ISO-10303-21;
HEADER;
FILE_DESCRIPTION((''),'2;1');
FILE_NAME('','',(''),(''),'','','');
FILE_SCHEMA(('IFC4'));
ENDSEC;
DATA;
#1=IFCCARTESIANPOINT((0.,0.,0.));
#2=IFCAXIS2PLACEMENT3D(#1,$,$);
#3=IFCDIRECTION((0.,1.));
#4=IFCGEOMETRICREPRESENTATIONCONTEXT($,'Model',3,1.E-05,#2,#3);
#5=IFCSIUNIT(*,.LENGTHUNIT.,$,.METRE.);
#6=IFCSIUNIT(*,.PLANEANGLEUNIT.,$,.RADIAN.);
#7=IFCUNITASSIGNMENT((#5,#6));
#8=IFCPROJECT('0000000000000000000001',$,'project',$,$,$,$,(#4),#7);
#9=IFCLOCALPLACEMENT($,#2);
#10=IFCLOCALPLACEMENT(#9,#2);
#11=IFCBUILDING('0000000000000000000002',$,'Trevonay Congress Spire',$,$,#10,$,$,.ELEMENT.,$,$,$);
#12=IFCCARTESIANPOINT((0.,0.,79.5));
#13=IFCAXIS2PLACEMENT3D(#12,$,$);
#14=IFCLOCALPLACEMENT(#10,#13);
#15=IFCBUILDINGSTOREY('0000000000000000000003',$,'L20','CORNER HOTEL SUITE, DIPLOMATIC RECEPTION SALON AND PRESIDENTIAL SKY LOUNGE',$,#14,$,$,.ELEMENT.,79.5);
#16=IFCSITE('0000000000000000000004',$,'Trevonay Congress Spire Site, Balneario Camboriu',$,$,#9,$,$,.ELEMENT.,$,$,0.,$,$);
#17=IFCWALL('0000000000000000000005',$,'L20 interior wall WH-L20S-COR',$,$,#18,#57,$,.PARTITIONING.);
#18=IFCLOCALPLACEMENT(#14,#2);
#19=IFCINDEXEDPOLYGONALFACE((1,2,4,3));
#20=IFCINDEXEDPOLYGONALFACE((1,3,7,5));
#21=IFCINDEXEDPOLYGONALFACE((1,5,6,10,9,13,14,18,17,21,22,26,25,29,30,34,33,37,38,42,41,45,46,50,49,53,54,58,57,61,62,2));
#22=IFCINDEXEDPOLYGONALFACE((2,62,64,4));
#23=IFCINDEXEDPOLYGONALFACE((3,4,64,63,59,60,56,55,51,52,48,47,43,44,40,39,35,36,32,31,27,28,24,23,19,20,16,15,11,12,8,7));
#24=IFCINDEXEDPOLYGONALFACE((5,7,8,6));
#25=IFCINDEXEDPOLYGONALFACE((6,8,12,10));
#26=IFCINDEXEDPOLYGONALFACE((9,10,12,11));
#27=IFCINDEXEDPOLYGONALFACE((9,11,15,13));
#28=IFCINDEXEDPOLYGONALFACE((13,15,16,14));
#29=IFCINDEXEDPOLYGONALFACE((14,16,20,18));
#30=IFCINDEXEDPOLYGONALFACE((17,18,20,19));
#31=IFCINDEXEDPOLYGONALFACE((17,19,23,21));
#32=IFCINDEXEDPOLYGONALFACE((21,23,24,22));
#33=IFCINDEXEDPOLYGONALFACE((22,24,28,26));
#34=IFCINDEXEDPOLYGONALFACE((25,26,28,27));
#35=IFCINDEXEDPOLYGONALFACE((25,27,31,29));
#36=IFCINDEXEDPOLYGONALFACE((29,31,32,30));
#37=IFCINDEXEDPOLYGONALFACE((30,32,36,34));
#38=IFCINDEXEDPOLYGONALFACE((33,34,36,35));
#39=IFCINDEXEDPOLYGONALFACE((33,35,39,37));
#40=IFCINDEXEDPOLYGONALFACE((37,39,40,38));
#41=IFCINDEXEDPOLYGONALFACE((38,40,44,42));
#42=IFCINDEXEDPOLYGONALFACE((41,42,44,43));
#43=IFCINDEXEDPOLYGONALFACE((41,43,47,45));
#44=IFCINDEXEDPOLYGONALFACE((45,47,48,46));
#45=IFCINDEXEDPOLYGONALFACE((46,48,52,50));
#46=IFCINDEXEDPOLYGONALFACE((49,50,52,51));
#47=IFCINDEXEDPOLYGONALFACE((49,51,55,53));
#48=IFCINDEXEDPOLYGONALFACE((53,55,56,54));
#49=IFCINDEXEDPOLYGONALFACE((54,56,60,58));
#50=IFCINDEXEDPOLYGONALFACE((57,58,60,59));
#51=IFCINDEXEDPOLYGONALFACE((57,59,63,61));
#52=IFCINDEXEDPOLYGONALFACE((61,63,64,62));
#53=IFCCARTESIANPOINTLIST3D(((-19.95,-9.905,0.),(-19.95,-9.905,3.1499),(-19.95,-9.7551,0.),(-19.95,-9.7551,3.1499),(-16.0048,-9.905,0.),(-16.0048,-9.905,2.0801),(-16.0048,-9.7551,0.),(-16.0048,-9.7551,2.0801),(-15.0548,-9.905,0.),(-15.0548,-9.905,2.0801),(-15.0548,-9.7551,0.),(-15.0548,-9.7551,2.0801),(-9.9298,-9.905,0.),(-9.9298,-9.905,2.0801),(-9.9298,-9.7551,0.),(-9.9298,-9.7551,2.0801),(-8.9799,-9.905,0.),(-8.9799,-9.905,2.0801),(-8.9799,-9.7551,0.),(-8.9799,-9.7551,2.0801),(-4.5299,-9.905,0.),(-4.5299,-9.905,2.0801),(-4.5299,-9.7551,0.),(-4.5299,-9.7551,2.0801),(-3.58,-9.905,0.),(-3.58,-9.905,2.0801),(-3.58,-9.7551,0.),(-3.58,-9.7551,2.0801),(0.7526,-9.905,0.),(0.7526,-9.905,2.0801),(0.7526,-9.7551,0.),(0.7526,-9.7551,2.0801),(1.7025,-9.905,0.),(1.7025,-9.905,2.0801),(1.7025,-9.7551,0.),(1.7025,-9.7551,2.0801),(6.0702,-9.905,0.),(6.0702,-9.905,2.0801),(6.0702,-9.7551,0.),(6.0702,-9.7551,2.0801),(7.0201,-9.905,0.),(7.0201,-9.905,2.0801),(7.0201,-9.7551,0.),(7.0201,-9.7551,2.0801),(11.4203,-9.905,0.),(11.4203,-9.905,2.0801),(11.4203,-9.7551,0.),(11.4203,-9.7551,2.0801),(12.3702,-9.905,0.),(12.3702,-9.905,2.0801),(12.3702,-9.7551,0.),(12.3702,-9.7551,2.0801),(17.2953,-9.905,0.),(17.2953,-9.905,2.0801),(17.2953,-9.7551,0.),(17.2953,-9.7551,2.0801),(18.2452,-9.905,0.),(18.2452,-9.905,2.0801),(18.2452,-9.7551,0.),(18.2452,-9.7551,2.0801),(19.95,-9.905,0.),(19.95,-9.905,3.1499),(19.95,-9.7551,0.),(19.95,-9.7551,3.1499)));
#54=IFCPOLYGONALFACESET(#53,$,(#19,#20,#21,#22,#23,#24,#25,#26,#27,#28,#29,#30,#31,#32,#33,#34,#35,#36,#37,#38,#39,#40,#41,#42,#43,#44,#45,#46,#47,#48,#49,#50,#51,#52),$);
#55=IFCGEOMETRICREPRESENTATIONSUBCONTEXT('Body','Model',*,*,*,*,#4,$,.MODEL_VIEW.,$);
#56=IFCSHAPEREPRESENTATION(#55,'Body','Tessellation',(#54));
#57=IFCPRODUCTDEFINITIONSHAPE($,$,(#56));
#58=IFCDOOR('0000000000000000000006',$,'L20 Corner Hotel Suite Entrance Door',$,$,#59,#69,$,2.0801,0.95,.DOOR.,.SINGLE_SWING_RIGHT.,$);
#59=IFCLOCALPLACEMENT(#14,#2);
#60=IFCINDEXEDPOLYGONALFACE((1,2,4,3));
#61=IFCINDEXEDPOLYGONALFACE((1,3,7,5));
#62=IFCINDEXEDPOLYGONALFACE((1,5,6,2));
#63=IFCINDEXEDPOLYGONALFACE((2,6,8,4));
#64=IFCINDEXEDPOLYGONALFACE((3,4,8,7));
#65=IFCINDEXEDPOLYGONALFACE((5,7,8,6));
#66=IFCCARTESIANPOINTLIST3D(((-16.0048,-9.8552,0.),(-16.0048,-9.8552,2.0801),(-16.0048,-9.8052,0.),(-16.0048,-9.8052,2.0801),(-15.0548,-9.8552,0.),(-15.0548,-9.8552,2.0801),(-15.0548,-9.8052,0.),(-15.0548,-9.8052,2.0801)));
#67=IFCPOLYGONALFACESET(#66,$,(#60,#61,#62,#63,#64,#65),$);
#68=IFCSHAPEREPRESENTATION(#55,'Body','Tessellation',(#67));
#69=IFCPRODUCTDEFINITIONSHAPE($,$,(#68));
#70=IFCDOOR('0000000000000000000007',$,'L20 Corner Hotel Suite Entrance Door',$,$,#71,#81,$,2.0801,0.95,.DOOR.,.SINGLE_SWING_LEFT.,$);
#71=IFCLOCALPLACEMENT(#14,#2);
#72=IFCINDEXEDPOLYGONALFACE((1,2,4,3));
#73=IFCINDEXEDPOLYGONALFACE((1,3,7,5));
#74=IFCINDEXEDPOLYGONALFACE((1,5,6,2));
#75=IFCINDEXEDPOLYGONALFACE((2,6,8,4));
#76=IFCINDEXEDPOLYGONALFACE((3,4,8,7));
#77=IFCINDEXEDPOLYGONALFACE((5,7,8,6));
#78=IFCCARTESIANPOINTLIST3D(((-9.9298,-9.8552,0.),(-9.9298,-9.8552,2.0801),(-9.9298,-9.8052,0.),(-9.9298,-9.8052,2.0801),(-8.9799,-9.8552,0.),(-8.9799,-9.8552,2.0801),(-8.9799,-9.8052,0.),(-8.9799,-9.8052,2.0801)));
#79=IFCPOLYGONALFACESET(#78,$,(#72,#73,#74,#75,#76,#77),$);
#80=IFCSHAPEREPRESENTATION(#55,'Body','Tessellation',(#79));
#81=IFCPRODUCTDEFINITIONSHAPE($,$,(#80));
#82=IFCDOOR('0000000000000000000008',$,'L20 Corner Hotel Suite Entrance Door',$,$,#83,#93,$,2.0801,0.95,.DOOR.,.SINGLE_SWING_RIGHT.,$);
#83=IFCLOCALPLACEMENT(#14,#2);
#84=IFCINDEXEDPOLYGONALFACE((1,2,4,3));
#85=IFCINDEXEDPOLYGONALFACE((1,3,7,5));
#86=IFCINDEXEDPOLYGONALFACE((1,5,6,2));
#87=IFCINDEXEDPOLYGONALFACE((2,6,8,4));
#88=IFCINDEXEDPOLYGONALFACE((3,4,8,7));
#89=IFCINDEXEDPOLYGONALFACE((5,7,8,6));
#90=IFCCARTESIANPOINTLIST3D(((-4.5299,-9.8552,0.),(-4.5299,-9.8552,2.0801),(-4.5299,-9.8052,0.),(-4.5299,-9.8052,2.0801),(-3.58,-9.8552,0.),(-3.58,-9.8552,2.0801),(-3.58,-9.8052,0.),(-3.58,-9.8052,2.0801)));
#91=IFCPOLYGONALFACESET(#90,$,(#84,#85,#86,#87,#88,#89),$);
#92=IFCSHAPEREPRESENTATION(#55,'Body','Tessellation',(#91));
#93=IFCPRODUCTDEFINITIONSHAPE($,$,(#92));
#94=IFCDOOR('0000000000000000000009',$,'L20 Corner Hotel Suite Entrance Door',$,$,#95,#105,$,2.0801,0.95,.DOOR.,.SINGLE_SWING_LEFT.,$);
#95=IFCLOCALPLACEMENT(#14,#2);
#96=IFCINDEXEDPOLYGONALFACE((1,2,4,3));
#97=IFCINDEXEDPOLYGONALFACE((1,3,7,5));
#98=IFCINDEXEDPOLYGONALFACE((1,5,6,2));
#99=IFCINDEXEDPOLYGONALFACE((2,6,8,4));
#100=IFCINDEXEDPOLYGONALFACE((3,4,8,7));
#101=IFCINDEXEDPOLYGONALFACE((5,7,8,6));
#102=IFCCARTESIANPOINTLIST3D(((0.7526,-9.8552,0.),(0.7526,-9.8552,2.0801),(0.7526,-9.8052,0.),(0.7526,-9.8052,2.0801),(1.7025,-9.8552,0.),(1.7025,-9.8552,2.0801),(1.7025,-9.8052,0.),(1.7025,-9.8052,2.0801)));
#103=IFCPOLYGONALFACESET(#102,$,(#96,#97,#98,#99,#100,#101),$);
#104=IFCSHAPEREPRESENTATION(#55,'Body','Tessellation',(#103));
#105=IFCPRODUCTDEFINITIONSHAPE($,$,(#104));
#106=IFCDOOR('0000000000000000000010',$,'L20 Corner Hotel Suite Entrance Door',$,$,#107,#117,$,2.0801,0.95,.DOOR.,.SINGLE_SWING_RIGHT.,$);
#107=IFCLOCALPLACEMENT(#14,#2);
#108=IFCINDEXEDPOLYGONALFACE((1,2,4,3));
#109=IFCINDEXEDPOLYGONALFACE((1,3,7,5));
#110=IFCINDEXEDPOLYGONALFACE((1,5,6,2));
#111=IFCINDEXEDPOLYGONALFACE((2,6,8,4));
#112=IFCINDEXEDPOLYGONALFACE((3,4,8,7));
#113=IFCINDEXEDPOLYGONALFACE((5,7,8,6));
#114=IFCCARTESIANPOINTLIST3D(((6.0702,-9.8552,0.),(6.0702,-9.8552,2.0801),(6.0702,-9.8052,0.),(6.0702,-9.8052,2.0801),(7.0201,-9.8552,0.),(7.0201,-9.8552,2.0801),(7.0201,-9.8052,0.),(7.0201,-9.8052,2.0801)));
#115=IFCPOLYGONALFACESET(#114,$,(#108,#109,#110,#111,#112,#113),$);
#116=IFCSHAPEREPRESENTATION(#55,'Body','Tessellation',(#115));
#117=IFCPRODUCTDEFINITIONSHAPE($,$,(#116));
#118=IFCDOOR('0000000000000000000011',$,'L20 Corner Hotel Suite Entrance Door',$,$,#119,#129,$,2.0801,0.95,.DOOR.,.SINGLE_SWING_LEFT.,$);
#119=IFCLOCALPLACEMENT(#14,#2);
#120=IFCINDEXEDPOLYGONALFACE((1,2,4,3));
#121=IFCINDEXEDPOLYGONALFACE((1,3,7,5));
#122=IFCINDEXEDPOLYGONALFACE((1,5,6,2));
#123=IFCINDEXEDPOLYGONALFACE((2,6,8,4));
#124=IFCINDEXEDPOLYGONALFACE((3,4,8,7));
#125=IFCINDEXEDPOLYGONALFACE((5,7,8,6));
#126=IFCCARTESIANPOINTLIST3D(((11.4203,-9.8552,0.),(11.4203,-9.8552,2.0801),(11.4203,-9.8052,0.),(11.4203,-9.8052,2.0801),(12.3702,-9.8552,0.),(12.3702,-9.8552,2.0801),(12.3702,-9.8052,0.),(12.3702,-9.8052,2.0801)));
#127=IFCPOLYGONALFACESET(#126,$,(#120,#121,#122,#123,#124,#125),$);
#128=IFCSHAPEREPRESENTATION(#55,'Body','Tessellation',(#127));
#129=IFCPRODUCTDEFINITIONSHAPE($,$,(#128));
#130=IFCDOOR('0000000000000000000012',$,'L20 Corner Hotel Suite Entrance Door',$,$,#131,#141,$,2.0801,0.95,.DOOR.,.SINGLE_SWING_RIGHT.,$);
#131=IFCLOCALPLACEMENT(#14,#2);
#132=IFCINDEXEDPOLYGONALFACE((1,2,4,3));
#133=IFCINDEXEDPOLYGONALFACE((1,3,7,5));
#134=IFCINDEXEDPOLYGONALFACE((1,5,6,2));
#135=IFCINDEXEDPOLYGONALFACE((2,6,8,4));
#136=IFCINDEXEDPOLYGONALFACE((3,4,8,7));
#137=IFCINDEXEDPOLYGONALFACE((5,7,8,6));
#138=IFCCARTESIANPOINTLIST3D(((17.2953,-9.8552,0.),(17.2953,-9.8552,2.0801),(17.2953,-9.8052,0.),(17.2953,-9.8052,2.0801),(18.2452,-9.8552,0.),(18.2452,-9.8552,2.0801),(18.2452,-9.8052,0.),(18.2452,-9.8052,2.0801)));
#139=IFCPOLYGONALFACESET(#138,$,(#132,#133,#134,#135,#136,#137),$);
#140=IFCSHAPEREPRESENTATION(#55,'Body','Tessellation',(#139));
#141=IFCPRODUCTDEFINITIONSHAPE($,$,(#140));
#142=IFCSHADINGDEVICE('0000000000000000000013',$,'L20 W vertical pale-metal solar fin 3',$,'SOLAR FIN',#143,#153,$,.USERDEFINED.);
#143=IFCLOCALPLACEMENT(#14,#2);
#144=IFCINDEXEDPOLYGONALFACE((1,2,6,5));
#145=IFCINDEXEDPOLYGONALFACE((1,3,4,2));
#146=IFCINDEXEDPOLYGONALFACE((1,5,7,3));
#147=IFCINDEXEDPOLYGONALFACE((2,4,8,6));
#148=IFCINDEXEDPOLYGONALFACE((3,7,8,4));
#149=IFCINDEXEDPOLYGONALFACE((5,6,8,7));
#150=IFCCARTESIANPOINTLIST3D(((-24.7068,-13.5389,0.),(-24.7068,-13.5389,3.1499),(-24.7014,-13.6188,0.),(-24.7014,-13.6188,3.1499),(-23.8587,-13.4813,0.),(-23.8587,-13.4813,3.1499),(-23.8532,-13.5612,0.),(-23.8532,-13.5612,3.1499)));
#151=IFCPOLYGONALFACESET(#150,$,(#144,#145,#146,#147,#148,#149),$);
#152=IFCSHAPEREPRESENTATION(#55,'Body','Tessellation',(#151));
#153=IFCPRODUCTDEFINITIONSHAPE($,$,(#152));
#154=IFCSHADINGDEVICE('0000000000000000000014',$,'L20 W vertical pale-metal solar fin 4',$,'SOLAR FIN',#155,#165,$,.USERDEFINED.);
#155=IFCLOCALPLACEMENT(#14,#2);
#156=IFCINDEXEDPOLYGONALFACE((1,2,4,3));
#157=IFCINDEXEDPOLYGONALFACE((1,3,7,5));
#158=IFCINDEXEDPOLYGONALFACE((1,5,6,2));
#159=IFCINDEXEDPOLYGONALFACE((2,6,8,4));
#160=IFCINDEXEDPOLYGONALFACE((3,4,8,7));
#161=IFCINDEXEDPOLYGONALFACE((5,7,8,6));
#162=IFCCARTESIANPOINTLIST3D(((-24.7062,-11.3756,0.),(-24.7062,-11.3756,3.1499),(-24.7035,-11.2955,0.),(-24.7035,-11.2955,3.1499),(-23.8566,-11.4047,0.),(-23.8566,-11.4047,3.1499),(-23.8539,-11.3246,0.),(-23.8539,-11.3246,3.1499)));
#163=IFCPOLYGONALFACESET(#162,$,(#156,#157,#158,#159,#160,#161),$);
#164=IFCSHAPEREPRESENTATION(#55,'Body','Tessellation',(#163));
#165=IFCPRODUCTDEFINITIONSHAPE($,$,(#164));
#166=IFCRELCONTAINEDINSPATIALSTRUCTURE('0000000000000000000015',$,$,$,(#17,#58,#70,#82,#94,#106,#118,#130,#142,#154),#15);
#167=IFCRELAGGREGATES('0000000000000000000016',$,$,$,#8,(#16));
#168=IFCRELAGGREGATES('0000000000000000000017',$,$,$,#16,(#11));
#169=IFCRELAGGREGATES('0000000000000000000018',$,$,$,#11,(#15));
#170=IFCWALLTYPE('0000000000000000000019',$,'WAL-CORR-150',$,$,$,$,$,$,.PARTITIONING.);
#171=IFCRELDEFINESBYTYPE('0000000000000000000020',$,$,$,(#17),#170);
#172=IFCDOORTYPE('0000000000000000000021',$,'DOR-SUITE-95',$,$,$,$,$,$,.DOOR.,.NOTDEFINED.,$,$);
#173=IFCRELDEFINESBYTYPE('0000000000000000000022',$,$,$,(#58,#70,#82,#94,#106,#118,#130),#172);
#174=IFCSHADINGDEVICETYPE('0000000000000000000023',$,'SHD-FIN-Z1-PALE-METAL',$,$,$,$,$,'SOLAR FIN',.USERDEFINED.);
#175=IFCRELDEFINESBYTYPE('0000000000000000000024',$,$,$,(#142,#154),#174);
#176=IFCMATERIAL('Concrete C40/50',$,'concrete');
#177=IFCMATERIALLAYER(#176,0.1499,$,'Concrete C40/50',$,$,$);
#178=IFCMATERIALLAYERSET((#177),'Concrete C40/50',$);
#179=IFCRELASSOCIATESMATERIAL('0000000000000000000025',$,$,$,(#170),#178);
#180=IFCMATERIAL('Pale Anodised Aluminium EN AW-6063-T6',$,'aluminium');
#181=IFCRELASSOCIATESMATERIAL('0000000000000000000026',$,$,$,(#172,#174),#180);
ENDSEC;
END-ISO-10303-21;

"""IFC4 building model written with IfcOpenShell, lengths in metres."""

from ifc_helpers import new_model, si_unit, direction, frame, frame_2d, origin, origin_2d, place, context, subcontext, project, spatial, rectangle, extrude, material, layer, layer_set, type_object, element, fill, save


model = new_model("IFC4")

# Units and contexts
model_context = context("Model", 3, precision=1e-05, world=origin(), true_north=direction((0.0, 1.0)))
body_context = subcontext(model_context, "Body", "Model", "MODEL_VIEW")
ifc_project = project(units=[si_unit("LENGTHUNIT", "METRE"), si_unit("PLANEANGLEUNIT", "RADIAN")], contexts=[model_context])

# Site, building, storey
site_placement = place(None, origin())
site = spatial("IfcSite", under=ifc_project, at=site_placement, Name="Trevonay Congress Spire Site, Balneario Camboriu", CompositionType="ELEMENT", RefElevation=0.0)
building_placement = place(site_placement, origin())
building = spatial("IfcBuilding", under=site, at=building_placement, Name="Trevonay Congress Spire", CompositionType="ELEMENT")
storey_placement = place(building_placement, frame((0.0, 0.0, 79.5)))
storey = spatial("IfcBuildingStorey", under=building, at=storey_placement, Name="L20", Description="CORNER HOTEL SUITE, DIPLOMATIC RECEPTION SALON AND PRESIDENTIAL SKY LOUNGE", CompositionType="ELEMENT", Elevation=79.5)

# Shared definitions
ifc_material_1 = material(Name="Pale Anodised Aluminium EN AW-6063-T6", Category="aluminium")

# Shared definitions
ifc_material_2 = material(Name="Concrete C40/50", Category="concrete")

# Wall, openings, doors
ifc_layer_1 = layer(ifc_material_2, 0.1499, Name="Concrete C40/50")
ifc_layer_set_1 = layer_set([ifc_layer_1], Name="Concrete C40/50")
wall_type_1 = type_object("IfcWallType", Name="WAL-CORR-150", PredefinedType="PARTITIONING", material=ifc_layer_set_1)
wall_1_placement = place(storey_placement, frame((-19.95, -9.8301, 0.0), z_axis=(0.0, 0.0, 1.0), x_axis=(1.0, 0.0, 0.0)))
wall_1 = element("IfcWall", 1, at=wall_1_placement, inside=storey, type_object=wall_type_1, Name="L20 interior wall WH-L20S-COR", PredefinedType="PARTITIONING", context=body_context, shape_type="SweptSolid", body=[
    extrude(rectangle(XDim=39.8999, YDim=0.1499, at=frame_2d((19.95, 0.0))), origin(), (0.0, 0.0, 1.0), 3.1499),
])
opening_1_placement = place(wall_1_placement, frame((3.9451, 0.0, 0.0)))
opening_1 = element("IfcOpeningElement", 2, at=opening_1_placement, cuts=wall_1, PredefinedType="OPENING", context=body_context, shape_type="SweptSolid", body=[
    extrude(rectangle(XDim=0.95, YDim=2.0801, at=frame_2d((0.4751, 1.04))), frame((0.0, 0.085, 0.0), z_axis=(0.0, -1.0, 0.0), x_axis=(1.0, 0.0, 0.0)), (0.0, 0.0, 1.0), 0.1699),
])
opening_2_placement = place(wall_1_placement, frame((10.02, 0.0, 0.0)))
opening_2 = element("IfcOpeningElement", 3, at=opening_2_placement, cuts=wall_1, PredefinedType="OPENING", context=body_context, shape_type="SweptSolid", body=[
    extrude(rectangle(XDim=0.95, YDim=2.0801, at=frame_2d((0.4751, 1.04))), frame((0.0, 0.085, 0.0), z_axis=(0.0, -1.0, 0.0), x_axis=(1.0, 0.0, 0.0)), (0.0, 0.0, 1.0), 0.1699),
])
opening_3_placement = place(wall_1_placement, frame((15.4199, 0.0, 0.0)))
opening_3 = element("IfcOpeningElement", 4, at=opening_3_placement, cuts=wall_1, PredefinedType="OPENING", context=body_context, shape_type="SweptSolid", body=[
    extrude(rectangle(XDim=0.95, YDim=2.0801, at=frame_2d((0.4751, 1.04))), frame((0.0, 0.085, 0.0), z_axis=(0.0, -1.0, 0.0), x_axis=(1.0, 0.0, 0.0)), (0.0, 0.0, 1.0), 0.1699),
])
opening_4_placement = place(wall_1_placement, frame((20.7024, 0.0, 0.0)))
opening_4 = element("IfcOpeningElement", 5, at=opening_4_placement, cuts=wall_1, PredefinedType="OPENING", context=body_context, shape_type="SweptSolid", body=[
    extrude(rectangle(XDim=0.95, YDim=2.0801, at=frame_2d((0.4751, 1.04))), frame((0.0, 0.085, 0.0), z_axis=(0.0, -1.0, 0.0), x_axis=(1.0, 0.0, 0.0)), (0.0, 0.0, 1.0), 0.1699),
])
opening_5_placement = place(wall_1_placement, frame((26.02, 0.0, 0.0)))
opening_5 = element("IfcOpeningElement", 6, at=opening_5_placement, cuts=wall_1, PredefinedType="OPENING", context=body_context, shape_type="SweptSolid", body=[
    extrude(rectangle(XDim=0.95, YDim=2.0801, at=frame_2d((0.4751, 1.04))), frame((0.0, 0.085, 0.0), z_axis=(0.0, -1.0, 0.0), x_axis=(1.0, 0.0, 0.0)), (0.0, 0.0, 1.0), 0.1699),
])
opening_6_placement = place(wall_1_placement, frame((31.3701, 0.0, 0.0)))
opening_6 = element("IfcOpeningElement", 7, at=opening_6_placement, cuts=wall_1, PredefinedType="OPENING", context=body_context, shape_type="SweptSolid", body=[
    extrude(rectangle(XDim=0.95, YDim=2.0801, at=frame_2d((0.4751, 1.04))), frame((0.0, 0.085, 0.0), z_axis=(0.0, -1.0, 0.0), x_axis=(1.0, 0.0, 0.0)), (0.0, 0.0, 1.0), 0.1699),
])
opening_7_placement = place(wall_1_placement, frame((37.2451, 0.0, 0.0)))
opening_7 = element("IfcOpeningElement", 8, at=opening_7_placement, cuts=wall_1, PredefinedType="OPENING", context=body_context, shape_type="SweptSolid", body=[
    extrude(rectangle(XDim=0.95, YDim=2.0801, at=frame_2d((0.4751, 1.04))), frame((0.0, 0.085, 0.0), z_axis=(0.0, -1.0, 0.0), x_axis=(1.0, 0.0, 0.0)), (0.0, 0.0, 1.0), 0.1699),
])
door_type_1 = type_object("IfcDoorType", Name="DOR-SUITE-95", OperationType="NOTDEFINED", PredefinedType="DOOR", material=ifc_material_1)
door_1_placement = place(opening_1_placement, origin())
door_1 = element("IfcDoor", 9, at=door_1_placement, inside=storey, type_object=door_type_1, Name="L20 Corner Hotel Suite Entrance Door", OperationType="SINGLE_SWING_RIGHT", OverallHeight=2.0801, OverallWidth=0.95, PredefinedType="DOOR", context=body_context, shape_type="SweptSolid", body=[
    extrude(rectangle(XDim=0.95, YDim=2.0801, at=frame_2d((0.4751, 1.04))), frame((0.0, 0.0249, 0.0), z_axis=(0.0, -1.0, 0.0), x_axis=(1.0, 0.0, 0.0)), (0.0, 0.0, 1.0), 0.05),
])
fill(opening_1, door_1)
door_2_placement = place(opening_2_placement, origin())
door_2 = element("IfcDoor", 10, at=door_2_placement, inside=storey, type_object=door_type_1, Name="L20 Corner Hotel Suite Entrance Door", OperationType="SINGLE_SWING_LEFT", OverallHeight=2.0801, OverallWidth=0.95, PredefinedType="DOOR", context=body_context, shape_type="SweptSolid", body=[
    extrude(rectangle(XDim=0.95, YDim=2.0801, at=frame_2d((0.4751, 1.04))), frame((0.0, 0.0249, 0.0), z_axis=(0.0, -1.0, 0.0), x_axis=(1.0, 0.0, 0.0)), (0.0, 0.0, 1.0), 0.05),
])
fill(opening_2, door_2)
door_3_placement = place(opening_3_placement, origin())
door_3 = element("IfcDoor", 11, at=door_3_placement, inside=storey, type_object=door_type_1, Name="L20 Corner Hotel Suite Entrance Door", OperationType="SINGLE_SWING_RIGHT", OverallHeight=2.0801, OverallWidth=0.95, PredefinedType="DOOR", context=body_context, shape_type="SweptSolid", body=[
    extrude(rectangle(XDim=0.95, YDim=2.0801, at=frame_2d((0.4751, 1.04))), frame((0.0, 0.0249, 0.0), z_axis=(0.0, -1.0, 0.0), x_axis=(1.0, 0.0, 0.0)), (0.0, 0.0, 1.0), 0.05),
])
fill(opening_3, door_3)
door_4_placement = place(opening_4_placement, origin())
door_4 = element("IfcDoor", 12, at=door_4_placement, inside=storey, type_object=door_type_1, Name="L20 Corner Hotel Suite Entrance Door", OperationType="SINGLE_SWING_LEFT", OverallHeight=2.0801, OverallWidth=0.95, PredefinedType="DOOR", context=body_context, shape_type="SweptSolid", body=[
    extrude(rectangle(XDim=0.95, YDim=2.0801, at=frame_2d((0.4751, 1.04))), frame((0.0, 0.0249, 0.0), z_axis=(0.0, -1.0, 0.0), x_axis=(1.0, 0.0, 0.0)), (0.0, 0.0, 1.0), 0.05),
])
fill(opening_4, door_4)
door_5_placement = place(opening_5_placement, origin())
door_5 = element("IfcDoor", 13, at=door_5_placement, inside=storey, type_object=door_type_1, Name="L20 Corner Hotel Suite Entrance Door", OperationType="SINGLE_SWING_RIGHT", OverallHeight=2.0801, OverallWidth=0.95, PredefinedType="DOOR", context=body_context, shape_type="SweptSolid", body=[
    extrude(rectangle(XDim=0.95, YDim=2.0801, at=frame_2d((0.4751, 1.04))), frame((0.0, 0.0249, 0.0), z_axis=(0.0, -1.0, 0.0), x_axis=(1.0, 0.0, 0.0)), (0.0, 0.0, 1.0), 0.05),
])
fill(opening_5, door_5)
door_6_placement = place(opening_6_placement, origin())
door_6 = element("IfcDoor", 14, at=door_6_placement, inside=storey, type_object=door_type_1, Name="L20 Corner Hotel Suite Entrance Door", OperationType="SINGLE_SWING_LEFT", OverallHeight=2.0801, OverallWidth=0.95, PredefinedType="DOOR", context=body_context, shape_type="SweptSolid", body=[
    extrude(rectangle(XDim=0.95, YDim=2.0801, at=frame_2d((0.4751, 1.04))), frame((0.0, 0.0249, 0.0), z_axis=(0.0, -1.0, 0.0), x_axis=(1.0, 0.0, 0.0)), (0.0, 0.0, 1.0), 0.05),
])
fill(opening_6, door_6)
door_7_placement = place(opening_7_placement, origin())
door_7 = element("IfcDoor", 15, at=door_7_placement, inside=storey, type_object=door_type_1, Name="L20 Corner Hotel Suite Entrance Door", OperationType="SINGLE_SWING_RIGHT", OverallHeight=2.0801, OverallWidth=0.95, PredefinedType="DOOR", context=body_context, shape_type="SweptSolid", body=[
    extrude(rectangle(XDim=0.95, YDim=2.0801, at=frame_2d((0.4751, 1.04))), frame((0.0, 0.0249, 0.0), z_axis=(0.0, -1.0, 0.0), x_axis=(1.0, 0.0, 0.0)), (0.0, 0.0, 1.0), 0.05),
])
fill(opening_7, door_7)

# Shading devices
shading_device_type = type_object("IfcShadingDeviceType", Name="SHD-FIN-Z1-PALE-METAL", ElementType="SOLAR FIN", PredefinedType="USERDEFINED", material=ifc_material_1)
for number, where, z_axis, x_axis, name in (
    (16, (-24.28, -13.55, 0.0), (0.0, 0.0, 1.0), (-0.067667, 0.997708, 0.0), "L20 W vertical pale-metal solar fin 3"),
    (17, (-24.28, -11.3501, 0.0), (0.0, 0.0, 1.0), (0.034202, 0.999415, 0.0), "L20 W vertical pale-metal solar fin 4"),
):
    element("IfcShadingDevice", number, at=place(storey_placement, frame(where, z_axis=z_axis, x_axis=x_axis)), inside=storey, type_object=shading_device_type, Name=name, ObjectType="SOLAR FIN", PredefinedType="USERDEFINED", context=body_context, shape_type="SweptSolid", body=[
        extrude(rectangle(XDim=0.0801, YDim=0.8501, at=origin_2d()), origin(), (0.0, 0.0, 1.0), 3.1499),
    ])

save(model, "model.ifc")
